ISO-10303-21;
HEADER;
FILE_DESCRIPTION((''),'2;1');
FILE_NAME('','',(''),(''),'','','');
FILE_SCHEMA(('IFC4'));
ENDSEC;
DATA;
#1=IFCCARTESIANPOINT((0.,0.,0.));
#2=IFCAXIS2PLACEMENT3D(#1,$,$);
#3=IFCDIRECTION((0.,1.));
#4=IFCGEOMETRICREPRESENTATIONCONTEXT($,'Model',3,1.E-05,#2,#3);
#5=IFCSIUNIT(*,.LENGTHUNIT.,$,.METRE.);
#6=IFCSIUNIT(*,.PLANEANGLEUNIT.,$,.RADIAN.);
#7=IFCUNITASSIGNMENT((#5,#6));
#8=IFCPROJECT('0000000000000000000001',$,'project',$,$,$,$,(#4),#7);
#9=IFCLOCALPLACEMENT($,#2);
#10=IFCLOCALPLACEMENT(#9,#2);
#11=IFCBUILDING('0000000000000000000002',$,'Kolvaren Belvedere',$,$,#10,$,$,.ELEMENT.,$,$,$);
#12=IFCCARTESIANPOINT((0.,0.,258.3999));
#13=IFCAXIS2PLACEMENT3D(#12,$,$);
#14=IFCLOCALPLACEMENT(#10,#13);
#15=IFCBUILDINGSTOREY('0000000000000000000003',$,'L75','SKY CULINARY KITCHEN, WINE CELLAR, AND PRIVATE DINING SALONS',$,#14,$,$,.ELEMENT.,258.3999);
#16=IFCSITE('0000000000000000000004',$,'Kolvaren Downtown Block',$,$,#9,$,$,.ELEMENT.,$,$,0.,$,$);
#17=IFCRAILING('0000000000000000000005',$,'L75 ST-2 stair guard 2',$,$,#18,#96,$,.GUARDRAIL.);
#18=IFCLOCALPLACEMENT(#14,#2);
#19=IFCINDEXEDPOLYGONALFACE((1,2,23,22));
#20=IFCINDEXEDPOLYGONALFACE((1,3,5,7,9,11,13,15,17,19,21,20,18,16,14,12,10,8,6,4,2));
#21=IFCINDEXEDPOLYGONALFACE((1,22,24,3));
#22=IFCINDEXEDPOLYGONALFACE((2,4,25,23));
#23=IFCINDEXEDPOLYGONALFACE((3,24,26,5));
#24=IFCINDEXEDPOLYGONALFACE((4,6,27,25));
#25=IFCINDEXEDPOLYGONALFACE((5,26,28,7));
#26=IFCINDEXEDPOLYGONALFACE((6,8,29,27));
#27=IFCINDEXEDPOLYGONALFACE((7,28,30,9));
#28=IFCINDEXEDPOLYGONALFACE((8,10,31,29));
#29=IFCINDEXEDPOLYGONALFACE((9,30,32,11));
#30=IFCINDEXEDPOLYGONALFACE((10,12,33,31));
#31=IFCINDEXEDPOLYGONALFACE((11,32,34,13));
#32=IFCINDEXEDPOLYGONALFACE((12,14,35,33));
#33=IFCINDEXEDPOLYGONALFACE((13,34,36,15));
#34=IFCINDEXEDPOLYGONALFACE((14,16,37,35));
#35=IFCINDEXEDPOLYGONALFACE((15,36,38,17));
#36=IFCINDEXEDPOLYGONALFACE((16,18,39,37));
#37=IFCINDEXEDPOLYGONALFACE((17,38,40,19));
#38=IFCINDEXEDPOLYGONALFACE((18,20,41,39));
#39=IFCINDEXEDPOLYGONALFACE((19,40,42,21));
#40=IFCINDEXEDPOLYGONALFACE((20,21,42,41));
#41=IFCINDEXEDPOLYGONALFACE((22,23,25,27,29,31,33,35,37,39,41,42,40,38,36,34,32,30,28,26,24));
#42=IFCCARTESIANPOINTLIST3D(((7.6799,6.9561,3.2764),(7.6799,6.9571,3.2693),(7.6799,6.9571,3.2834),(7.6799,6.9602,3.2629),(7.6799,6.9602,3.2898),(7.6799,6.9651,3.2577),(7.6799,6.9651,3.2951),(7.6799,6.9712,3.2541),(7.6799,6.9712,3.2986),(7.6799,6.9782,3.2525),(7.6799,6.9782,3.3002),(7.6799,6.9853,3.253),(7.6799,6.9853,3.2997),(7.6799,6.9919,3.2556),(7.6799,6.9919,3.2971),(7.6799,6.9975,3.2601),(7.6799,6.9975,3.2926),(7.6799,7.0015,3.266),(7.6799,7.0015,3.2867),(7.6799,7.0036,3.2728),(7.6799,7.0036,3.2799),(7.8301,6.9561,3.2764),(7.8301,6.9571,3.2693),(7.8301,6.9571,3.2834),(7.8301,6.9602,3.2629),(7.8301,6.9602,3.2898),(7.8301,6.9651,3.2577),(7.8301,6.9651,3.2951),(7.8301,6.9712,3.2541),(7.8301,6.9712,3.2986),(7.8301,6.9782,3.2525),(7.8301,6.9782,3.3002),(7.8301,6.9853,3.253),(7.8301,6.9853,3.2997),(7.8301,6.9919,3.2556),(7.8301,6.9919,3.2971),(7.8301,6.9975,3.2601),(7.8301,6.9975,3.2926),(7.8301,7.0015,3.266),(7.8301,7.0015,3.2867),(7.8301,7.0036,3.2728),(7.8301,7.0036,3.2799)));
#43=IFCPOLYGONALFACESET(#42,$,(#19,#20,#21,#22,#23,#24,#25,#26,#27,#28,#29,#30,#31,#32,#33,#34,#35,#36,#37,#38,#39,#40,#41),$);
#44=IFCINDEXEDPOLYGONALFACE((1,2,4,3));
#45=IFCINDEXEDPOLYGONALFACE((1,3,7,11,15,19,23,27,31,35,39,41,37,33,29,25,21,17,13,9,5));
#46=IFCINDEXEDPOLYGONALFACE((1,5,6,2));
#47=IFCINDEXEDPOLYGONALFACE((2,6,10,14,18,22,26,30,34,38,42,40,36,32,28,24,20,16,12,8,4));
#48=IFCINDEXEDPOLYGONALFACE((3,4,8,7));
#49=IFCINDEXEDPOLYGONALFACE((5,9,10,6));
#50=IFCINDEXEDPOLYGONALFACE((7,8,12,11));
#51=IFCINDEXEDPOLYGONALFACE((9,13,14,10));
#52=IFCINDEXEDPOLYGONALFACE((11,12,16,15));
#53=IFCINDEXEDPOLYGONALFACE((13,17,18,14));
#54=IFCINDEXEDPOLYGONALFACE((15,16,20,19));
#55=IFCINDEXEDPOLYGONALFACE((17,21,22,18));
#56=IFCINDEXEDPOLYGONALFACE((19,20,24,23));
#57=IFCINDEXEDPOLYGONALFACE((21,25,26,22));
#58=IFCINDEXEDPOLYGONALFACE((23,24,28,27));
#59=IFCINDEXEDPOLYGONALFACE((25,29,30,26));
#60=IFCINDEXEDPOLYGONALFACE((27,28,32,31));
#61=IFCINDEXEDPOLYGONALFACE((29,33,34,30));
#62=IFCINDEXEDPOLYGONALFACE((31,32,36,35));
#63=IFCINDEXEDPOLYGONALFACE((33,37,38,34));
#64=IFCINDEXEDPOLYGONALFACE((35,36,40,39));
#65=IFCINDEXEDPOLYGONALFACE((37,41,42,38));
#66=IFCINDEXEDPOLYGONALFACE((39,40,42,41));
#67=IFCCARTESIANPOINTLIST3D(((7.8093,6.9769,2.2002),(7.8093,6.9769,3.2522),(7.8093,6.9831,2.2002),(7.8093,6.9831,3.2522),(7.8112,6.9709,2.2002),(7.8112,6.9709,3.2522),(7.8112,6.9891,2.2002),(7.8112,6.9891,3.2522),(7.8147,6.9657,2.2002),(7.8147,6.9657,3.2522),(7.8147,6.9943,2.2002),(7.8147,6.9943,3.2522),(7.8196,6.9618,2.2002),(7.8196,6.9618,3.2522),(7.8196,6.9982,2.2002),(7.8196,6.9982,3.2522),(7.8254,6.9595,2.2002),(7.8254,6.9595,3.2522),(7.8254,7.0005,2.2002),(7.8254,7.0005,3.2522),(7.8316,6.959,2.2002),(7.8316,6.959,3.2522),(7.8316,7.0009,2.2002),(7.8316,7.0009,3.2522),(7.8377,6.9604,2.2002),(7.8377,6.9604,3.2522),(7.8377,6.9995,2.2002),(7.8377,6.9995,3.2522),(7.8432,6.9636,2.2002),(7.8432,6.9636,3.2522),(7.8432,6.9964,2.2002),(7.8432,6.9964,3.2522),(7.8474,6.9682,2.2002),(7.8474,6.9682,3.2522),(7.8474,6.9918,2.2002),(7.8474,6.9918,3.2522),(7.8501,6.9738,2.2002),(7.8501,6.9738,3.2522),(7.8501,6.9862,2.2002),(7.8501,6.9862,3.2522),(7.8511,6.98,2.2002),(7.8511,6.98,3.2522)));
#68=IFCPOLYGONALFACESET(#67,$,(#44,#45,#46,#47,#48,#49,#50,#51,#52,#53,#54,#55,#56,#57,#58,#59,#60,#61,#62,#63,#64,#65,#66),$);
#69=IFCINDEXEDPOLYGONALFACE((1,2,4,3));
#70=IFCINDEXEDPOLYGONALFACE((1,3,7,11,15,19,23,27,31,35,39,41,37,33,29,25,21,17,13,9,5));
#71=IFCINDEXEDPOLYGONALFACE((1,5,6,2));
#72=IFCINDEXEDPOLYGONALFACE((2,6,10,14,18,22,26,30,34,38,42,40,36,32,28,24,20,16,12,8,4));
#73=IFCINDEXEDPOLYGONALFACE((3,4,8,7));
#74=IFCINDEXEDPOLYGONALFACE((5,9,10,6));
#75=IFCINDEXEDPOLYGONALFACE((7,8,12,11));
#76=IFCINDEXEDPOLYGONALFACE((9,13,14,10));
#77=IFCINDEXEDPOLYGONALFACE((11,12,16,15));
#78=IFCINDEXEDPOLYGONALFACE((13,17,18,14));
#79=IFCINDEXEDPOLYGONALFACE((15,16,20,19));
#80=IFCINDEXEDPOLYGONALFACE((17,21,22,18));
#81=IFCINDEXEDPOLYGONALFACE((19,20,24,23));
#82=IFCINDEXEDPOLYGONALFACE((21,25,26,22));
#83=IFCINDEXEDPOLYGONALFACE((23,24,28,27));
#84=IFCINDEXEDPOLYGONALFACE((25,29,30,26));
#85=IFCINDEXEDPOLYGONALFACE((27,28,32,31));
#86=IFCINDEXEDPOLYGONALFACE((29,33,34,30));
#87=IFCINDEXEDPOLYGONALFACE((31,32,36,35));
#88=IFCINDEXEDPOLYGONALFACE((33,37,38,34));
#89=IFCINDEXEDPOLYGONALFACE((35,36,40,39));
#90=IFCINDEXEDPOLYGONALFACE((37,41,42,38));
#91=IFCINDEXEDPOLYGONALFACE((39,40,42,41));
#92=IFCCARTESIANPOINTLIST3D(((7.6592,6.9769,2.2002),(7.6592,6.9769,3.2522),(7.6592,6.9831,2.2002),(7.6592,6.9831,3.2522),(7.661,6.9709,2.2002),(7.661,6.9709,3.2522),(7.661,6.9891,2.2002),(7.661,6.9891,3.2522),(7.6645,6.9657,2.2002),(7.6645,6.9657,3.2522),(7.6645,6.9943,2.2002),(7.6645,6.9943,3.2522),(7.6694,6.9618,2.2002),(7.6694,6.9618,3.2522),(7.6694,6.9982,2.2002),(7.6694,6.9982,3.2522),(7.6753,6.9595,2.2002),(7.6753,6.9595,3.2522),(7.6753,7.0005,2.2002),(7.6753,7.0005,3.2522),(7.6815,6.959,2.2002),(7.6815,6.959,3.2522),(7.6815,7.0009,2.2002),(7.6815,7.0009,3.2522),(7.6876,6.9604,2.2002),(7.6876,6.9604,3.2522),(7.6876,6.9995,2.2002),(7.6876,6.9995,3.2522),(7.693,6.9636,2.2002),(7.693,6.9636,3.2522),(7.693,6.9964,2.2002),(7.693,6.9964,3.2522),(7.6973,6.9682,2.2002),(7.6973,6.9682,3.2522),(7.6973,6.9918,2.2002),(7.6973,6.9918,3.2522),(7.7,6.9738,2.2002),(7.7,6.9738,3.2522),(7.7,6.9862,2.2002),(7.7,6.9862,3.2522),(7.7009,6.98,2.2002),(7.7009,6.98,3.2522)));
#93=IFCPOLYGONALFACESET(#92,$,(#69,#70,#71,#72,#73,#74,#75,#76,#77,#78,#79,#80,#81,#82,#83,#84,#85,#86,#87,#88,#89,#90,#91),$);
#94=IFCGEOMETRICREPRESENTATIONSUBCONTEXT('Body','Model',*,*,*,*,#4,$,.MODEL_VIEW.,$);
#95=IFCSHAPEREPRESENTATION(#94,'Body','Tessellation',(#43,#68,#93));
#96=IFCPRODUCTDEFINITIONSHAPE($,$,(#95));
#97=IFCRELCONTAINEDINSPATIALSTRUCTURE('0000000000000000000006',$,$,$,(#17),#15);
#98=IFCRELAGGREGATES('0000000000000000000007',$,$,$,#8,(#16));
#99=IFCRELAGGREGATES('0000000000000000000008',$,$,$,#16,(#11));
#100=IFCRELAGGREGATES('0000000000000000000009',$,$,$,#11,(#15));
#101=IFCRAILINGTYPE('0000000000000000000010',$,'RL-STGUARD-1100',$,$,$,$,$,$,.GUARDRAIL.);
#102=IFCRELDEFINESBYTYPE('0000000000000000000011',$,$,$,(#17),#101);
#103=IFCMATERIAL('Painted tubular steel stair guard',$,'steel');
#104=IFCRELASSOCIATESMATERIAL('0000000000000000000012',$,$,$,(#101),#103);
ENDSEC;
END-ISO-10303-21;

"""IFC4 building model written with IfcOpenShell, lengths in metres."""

from ifc_helpers import new_model, si_unit, direction, frame, origin, origin_2d, place, context, subcontext, project, spatial, circle, extrude, material, type_object, element, save


model = new_model("IFC4")

# Units and contexts
model_context = context("Model", 3, precision=1e-05, world=origin(), true_north=direction((0.0, 1.0)))
body_context = subcontext(model_context, "Body", "Model", "MODEL_VIEW")
ifc_project = project(units=[si_unit("LENGTHUNIT", "METRE"), si_unit("PLANEANGLEUNIT", "RADIAN")], contexts=[model_context])

# Site, building, storey
site_placement = place(None, origin())
site = spatial("IfcSite", under=ifc_project, at=site_placement, Name="Kolvaren Downtown Block", CompositionType="ELEMENT", RefElevation=0.0)
building_placement = place(site_placement, origin())
building = spatial("IfcBuilding", under=site, at=building_placement, Name="Kolvaren Belvedere", CompositionType="ELEMENT")
storey_placement = place(building_placement, frame((0.0, 0.0, 258.3999)))
storey = spatial("IfcBuildingStorey", under=building, at=storey_placement, Name="L75", Description="SKY CULINARY KITCHEN, WINE CELLAR, AND PRIVATE DINING SALONS", CompositionType="ELEMENT", Elevation=258.3999)

# Railing
ifc_material_1 = material(Name="Painted tubular steel stair guard", Category="steel")
railing_type_1 = type_object("IfcRailingType", Name="RL-STGUARD-1100", PredefinedType="GUARDRAIL", material=ifc_material_1)
railing_1_placement = place(storey_placement, frame((7.8301, 6.98, 2.2002)))
element("IfcRailing", 1, at=railing_1_placement, inside=storey, type_object=railing_type_1, Name="L75 ST-2 stair guard 2", PredefinedType="GUARDRAIL", context=body_context, shape_type="SweptSolid", body=[
    extrude(circle(Radius=0.0239, at=origin_2d()), frame((0.0, 0.0, 1.0762), z_axis=(-1.0, 0.0, 0.0), x_axis=(0.0, -1.0, 0.0)), (0.0, 0.0, 1.0), 0.1501),
    extrude(circle(Radius=0.021, at=origin_2d()), origin(), (0.0, 0.0, 1.0), 1.052),
    extrude(circle(Radius=0.021, at=origin_2d()), frame((-0.1501, 0.0, 0.0)), (0.0, 0.0, 1.0), 1.052),
])

save(model, "model.ifc")
